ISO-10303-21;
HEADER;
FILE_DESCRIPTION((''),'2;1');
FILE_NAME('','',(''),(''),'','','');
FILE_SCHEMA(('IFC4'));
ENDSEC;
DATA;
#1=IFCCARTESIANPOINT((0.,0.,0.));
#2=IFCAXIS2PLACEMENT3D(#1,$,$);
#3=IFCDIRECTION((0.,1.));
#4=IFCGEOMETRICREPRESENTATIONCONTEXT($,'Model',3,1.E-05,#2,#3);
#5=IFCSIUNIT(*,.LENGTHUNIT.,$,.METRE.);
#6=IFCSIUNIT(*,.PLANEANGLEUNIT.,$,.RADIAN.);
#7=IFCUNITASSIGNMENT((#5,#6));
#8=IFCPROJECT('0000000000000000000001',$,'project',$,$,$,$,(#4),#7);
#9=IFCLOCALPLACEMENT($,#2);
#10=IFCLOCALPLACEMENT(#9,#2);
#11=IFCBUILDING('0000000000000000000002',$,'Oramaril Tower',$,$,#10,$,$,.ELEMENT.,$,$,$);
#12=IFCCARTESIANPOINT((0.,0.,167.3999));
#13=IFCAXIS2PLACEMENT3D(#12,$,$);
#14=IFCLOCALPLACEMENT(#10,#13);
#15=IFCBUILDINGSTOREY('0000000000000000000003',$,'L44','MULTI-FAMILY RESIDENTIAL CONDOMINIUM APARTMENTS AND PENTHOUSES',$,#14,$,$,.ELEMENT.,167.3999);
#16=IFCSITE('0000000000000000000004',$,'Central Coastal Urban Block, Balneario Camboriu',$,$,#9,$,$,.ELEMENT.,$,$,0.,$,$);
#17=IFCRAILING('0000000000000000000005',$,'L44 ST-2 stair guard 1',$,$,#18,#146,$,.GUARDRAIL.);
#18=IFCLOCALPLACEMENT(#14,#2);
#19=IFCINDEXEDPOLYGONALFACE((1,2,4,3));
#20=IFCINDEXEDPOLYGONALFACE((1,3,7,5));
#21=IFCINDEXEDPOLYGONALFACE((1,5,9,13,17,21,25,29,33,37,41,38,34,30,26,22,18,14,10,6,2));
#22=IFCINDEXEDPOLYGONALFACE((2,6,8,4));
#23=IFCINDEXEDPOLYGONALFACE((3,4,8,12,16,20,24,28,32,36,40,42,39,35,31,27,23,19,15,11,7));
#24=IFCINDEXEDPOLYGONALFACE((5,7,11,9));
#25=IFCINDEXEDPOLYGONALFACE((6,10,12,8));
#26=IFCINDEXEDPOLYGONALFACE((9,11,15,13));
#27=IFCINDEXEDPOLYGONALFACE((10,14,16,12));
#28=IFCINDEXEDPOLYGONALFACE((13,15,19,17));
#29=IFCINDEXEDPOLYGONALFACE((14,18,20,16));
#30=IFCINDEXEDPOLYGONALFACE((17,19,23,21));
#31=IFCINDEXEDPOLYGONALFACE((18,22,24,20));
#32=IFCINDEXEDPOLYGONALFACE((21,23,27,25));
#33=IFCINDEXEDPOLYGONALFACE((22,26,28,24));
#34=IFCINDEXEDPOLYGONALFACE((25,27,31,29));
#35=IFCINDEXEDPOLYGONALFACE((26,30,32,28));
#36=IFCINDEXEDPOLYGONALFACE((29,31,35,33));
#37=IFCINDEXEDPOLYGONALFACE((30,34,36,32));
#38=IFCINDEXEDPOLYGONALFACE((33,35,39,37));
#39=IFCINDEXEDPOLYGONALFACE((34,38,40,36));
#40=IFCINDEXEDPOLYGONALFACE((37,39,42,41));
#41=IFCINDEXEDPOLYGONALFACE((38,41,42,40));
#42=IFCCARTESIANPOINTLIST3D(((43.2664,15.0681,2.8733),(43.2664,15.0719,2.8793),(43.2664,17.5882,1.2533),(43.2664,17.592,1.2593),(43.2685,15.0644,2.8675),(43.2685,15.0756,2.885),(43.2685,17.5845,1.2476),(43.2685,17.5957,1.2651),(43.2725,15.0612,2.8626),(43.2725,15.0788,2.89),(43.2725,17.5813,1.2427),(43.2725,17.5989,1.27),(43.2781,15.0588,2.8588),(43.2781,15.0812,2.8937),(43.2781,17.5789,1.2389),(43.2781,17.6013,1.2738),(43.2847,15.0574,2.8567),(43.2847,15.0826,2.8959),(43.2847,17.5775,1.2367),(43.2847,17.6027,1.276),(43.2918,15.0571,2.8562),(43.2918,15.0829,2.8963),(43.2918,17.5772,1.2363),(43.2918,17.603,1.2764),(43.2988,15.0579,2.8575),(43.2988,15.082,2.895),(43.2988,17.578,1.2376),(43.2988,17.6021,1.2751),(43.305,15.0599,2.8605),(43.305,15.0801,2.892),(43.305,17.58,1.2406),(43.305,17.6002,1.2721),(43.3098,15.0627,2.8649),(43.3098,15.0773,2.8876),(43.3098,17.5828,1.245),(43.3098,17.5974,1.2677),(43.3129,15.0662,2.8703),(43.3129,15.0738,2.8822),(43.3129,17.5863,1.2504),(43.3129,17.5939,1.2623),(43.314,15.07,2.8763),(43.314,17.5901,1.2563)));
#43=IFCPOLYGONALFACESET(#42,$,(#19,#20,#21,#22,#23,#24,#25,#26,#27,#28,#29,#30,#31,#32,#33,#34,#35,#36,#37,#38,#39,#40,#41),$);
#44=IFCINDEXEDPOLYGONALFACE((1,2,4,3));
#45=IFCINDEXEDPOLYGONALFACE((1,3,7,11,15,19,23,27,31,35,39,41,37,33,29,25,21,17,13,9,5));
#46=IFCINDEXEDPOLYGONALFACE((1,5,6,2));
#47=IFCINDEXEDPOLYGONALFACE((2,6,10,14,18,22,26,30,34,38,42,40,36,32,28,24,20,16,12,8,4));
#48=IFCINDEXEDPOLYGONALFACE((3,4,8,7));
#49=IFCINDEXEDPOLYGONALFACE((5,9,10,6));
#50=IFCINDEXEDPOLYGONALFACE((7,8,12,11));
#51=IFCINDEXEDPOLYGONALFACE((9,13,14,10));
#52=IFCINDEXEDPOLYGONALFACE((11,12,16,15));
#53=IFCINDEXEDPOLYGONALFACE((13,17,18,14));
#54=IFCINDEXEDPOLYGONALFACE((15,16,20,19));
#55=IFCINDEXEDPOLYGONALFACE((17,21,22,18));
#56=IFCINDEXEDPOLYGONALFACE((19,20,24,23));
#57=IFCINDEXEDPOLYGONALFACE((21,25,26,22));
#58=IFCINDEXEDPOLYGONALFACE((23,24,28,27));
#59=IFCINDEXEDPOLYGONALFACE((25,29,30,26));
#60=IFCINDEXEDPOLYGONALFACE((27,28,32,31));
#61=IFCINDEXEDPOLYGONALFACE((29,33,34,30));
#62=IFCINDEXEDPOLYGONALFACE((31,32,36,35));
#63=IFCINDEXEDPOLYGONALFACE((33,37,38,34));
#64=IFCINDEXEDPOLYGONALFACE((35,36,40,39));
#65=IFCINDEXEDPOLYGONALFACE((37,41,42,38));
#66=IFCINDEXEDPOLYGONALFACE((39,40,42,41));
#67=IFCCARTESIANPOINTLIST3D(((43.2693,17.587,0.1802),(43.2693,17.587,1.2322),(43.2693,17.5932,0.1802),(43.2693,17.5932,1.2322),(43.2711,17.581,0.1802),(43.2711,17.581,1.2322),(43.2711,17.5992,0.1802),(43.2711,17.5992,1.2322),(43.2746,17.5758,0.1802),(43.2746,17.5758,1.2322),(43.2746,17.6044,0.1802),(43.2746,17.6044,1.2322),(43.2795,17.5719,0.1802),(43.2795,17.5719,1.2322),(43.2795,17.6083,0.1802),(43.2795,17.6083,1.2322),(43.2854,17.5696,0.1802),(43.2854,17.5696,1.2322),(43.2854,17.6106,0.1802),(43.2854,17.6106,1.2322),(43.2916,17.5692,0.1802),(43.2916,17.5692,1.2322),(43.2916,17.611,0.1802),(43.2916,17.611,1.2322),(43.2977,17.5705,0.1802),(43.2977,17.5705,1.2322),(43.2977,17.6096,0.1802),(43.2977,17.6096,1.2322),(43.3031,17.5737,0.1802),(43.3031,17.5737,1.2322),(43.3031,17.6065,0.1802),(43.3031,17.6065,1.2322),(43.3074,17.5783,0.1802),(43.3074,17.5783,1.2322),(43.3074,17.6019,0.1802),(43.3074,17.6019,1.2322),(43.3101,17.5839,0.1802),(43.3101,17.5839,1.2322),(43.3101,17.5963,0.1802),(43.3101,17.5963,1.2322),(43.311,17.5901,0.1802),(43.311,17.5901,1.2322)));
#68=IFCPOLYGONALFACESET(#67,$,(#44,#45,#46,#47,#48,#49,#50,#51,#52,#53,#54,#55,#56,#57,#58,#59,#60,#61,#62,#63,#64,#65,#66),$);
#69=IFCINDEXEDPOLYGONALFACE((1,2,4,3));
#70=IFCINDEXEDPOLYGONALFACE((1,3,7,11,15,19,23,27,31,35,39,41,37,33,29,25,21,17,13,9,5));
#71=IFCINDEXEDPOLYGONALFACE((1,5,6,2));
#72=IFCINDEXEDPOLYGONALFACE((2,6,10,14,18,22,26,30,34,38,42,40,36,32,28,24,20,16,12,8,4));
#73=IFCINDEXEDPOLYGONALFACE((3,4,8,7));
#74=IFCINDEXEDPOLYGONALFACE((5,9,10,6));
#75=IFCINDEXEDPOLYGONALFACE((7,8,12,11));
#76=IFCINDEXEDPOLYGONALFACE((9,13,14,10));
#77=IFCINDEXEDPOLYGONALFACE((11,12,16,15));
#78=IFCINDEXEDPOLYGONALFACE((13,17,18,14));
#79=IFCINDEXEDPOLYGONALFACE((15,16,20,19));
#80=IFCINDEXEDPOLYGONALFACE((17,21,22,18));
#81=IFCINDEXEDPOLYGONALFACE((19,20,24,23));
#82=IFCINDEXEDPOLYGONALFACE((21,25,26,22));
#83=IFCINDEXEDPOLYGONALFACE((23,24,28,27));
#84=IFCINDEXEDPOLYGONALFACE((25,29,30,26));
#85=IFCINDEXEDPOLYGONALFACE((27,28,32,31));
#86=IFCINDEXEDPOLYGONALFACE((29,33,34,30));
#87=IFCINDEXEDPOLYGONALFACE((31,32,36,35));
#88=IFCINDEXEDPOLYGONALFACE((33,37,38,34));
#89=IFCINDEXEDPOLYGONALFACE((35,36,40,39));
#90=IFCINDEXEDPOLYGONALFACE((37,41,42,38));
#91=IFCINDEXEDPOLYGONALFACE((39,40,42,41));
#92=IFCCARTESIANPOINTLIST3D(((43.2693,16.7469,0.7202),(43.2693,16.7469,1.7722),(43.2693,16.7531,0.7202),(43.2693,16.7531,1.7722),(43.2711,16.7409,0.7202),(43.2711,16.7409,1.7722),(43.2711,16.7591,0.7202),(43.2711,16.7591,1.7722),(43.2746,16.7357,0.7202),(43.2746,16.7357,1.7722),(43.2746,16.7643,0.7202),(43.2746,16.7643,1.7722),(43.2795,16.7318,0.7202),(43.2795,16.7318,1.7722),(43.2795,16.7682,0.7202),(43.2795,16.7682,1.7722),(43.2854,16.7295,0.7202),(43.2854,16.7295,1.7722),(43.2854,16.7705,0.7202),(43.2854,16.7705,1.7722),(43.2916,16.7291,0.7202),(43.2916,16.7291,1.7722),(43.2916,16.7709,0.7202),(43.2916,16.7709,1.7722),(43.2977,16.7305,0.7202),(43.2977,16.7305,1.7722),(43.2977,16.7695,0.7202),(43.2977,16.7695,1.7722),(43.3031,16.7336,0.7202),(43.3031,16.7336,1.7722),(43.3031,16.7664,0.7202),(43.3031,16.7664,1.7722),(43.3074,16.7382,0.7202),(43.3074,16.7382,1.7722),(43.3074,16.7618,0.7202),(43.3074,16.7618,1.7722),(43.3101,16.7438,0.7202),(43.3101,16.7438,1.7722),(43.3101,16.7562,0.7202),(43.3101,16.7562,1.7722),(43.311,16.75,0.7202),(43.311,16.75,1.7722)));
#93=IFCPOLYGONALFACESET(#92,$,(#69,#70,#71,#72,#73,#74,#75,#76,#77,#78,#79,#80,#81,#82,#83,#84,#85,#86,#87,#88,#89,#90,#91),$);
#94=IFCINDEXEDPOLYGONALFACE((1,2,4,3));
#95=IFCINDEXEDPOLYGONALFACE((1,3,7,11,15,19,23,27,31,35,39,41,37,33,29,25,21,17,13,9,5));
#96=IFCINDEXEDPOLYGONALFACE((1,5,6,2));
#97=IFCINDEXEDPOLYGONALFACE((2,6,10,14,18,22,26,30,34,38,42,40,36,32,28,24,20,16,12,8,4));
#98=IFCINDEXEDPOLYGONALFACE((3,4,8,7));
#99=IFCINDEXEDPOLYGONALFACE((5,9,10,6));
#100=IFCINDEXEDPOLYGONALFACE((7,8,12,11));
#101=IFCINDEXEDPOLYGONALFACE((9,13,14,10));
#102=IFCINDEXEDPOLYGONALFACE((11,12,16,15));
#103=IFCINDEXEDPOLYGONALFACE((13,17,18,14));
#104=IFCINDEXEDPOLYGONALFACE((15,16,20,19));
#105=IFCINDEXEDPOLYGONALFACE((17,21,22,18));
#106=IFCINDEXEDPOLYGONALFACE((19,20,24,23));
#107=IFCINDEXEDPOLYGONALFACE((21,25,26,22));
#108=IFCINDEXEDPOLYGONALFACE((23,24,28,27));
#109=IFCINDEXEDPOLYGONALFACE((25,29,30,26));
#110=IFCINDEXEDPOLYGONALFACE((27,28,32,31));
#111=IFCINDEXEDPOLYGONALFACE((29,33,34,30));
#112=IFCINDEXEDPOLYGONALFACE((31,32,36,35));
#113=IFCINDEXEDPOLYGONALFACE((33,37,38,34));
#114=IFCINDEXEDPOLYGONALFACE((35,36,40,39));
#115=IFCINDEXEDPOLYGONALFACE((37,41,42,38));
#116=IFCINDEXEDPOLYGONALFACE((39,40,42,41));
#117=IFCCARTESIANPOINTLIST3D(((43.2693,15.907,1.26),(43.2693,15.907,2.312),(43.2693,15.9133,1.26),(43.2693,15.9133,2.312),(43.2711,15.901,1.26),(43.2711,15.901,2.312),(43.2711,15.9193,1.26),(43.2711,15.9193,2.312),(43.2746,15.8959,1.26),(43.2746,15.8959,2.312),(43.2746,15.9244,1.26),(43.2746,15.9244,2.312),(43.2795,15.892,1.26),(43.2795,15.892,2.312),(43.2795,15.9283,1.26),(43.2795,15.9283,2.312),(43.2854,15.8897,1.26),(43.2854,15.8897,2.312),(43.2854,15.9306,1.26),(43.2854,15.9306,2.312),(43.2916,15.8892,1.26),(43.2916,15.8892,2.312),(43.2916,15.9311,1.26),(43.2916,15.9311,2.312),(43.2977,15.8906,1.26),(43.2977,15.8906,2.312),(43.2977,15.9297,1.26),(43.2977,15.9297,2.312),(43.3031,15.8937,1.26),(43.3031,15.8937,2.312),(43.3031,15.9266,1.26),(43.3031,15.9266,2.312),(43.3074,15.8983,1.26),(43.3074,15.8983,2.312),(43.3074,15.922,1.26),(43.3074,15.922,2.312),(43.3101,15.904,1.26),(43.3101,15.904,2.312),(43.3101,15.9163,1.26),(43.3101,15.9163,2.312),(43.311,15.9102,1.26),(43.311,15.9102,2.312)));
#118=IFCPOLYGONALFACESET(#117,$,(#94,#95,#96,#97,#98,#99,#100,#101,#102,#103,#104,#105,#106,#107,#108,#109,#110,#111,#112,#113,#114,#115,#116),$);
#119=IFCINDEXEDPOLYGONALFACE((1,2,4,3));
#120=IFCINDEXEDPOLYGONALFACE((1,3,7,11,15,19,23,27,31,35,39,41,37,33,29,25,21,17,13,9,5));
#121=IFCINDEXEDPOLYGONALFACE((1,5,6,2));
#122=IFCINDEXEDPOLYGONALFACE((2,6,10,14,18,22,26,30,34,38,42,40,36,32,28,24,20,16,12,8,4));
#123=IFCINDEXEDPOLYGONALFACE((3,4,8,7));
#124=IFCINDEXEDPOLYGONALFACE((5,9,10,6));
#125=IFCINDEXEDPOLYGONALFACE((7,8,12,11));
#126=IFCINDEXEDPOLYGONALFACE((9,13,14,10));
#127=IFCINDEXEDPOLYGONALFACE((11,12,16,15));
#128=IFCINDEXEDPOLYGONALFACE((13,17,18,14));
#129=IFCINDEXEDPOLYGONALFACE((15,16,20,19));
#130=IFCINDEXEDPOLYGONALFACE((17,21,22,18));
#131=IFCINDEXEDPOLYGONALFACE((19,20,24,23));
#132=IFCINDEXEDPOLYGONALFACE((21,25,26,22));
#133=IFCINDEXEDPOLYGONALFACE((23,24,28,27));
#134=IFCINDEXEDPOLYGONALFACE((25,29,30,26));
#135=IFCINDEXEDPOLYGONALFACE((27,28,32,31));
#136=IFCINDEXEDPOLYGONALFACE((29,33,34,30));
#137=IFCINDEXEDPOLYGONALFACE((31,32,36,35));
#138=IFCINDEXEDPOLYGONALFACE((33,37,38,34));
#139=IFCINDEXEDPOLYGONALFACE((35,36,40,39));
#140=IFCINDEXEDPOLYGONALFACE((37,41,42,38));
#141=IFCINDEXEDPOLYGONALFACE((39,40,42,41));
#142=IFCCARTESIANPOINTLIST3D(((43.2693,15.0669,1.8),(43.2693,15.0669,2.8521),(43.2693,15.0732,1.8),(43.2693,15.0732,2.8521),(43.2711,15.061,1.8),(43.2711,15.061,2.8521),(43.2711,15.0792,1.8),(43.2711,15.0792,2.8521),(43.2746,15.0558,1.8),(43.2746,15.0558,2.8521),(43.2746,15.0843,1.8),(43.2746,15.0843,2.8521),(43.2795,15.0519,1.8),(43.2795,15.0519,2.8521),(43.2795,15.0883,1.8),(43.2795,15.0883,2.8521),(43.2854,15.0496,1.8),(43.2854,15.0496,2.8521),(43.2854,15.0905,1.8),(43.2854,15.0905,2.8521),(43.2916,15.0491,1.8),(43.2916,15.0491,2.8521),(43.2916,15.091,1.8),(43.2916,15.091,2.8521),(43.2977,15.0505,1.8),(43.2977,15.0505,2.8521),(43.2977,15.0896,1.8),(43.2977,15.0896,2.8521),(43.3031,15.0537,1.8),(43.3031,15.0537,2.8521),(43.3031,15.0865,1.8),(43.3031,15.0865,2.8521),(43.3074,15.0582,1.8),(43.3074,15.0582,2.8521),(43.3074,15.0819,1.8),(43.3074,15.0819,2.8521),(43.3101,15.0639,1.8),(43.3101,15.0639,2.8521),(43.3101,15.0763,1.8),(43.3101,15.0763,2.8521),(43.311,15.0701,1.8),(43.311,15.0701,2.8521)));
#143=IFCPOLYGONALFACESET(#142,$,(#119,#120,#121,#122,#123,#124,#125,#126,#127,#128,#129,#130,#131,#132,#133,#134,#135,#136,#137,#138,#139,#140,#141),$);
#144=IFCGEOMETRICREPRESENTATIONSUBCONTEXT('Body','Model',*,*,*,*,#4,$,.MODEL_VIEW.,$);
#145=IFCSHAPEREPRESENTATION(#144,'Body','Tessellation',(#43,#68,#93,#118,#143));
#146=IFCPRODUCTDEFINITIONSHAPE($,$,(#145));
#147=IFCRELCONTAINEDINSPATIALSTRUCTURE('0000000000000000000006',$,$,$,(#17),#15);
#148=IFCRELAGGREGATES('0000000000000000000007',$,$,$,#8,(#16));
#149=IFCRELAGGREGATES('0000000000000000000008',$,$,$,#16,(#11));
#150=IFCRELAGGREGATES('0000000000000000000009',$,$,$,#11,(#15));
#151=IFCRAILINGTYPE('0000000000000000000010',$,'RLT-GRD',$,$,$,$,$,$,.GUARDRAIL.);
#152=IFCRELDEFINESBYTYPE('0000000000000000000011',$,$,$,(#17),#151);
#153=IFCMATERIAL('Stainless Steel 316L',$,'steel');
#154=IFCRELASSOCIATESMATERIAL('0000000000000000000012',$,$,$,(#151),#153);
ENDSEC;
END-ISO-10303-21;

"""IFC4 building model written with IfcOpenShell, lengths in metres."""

from ifc_helpers import new_model, si_unit, direction, frame, origin, origin_2d, place, context, subcontext, project, spatial, circle, extrude, material, type_object, element, save


model = new_model("IFC4")

# Units and contexts
model_context = context("Model", 3, precision=1e-05, world=origin(), true_north=direction((0.0, 1.0)))
body_context = subcontext(model_context, "Body", "Model", "MODEL_VIEW")
ifc_project = project(units=[si_unit("LENGTHUNIT", "METRE"), si_unit("PLANEANGLEUNIT", "RADIAN")], contexts=[model_context])

# Site, building, storey
site_placement = place(None, origin())
site = spatial("IfcSite", under=ifc_project, at=site_placement, Name="Central Coastal Urban Block, Balneario Camboriu", CompositionType="ELEMENT", RefElevation=0.0)
building_placement = place(site_placement, origin())
building = spatial("IfcBuilding", under=site, at=building_placement, Name="Oramaril Tower", CompositionType="ELEMENT")
storey_placement = place(building_placement, frame((0.0, 0.0, 167.3999)))
storey = spatial("IfcBuildingStorey", under=building, at=storey_placement, Name="L44", Description="MULTI-FAMILY RESIDENTIAL CONDOMINIUM APARTMENTS AND PENTHOUSES", CompositionType="ELEMENT", Elevation=167.3999)

# Railing
ifc_material_1 = material(Name="Stainless Steel 316L", Category="steel")
railing_type_1 = type_object("IfcRailingType", Name="RLT-GRD", PredefinedType="GUARDRAIL", material=ifc_material_1)
railing_1_placement = place(storey_placement, frame((43.29, 17.5901, 0.1802)))
element("IfcRailing", 1, at=railing_1_placement, inside=storey, type_object=railing_type_1, Name="L44 ST-2 stair guard 1", PredefinedType="GUARDRAIL", context=body_context, shape_type="SweptSolid", body=[
    extrude(circle(Radius=0.0239, at=origin_2d()), frame((0.0, 0.0, 1.0762), z_axis=(0.0, -0.8412, 0.540725), x_axis=(1.0, 0.0, 0.0)), (0.0, 0.0, 1.0), 2.9958),
    extrude(circle(Radius=0.021, at=origin_2d()), origin(), (0.0, 0.0, 1.0), 1.052),
    extrude(circle(Radius=0.021, at=origin_2d()), frame((0.0, -0.8401, 0.54)), (0.0, 0.0, 1.0), 1.052),
    extrude(circle(Radius=0.021, at=origin_2d()), frame((0.0, -1.6799, 1.0798)), (0.0, 0.0, 1.0), 1.052),
    extrude(circle(Radius=0.021, at=origin_2d()), frame((0.0, -2.52, 1.6199)), (0.0, 0.0, 1.0), 1.052),
])

save(model, "model.ifc")
